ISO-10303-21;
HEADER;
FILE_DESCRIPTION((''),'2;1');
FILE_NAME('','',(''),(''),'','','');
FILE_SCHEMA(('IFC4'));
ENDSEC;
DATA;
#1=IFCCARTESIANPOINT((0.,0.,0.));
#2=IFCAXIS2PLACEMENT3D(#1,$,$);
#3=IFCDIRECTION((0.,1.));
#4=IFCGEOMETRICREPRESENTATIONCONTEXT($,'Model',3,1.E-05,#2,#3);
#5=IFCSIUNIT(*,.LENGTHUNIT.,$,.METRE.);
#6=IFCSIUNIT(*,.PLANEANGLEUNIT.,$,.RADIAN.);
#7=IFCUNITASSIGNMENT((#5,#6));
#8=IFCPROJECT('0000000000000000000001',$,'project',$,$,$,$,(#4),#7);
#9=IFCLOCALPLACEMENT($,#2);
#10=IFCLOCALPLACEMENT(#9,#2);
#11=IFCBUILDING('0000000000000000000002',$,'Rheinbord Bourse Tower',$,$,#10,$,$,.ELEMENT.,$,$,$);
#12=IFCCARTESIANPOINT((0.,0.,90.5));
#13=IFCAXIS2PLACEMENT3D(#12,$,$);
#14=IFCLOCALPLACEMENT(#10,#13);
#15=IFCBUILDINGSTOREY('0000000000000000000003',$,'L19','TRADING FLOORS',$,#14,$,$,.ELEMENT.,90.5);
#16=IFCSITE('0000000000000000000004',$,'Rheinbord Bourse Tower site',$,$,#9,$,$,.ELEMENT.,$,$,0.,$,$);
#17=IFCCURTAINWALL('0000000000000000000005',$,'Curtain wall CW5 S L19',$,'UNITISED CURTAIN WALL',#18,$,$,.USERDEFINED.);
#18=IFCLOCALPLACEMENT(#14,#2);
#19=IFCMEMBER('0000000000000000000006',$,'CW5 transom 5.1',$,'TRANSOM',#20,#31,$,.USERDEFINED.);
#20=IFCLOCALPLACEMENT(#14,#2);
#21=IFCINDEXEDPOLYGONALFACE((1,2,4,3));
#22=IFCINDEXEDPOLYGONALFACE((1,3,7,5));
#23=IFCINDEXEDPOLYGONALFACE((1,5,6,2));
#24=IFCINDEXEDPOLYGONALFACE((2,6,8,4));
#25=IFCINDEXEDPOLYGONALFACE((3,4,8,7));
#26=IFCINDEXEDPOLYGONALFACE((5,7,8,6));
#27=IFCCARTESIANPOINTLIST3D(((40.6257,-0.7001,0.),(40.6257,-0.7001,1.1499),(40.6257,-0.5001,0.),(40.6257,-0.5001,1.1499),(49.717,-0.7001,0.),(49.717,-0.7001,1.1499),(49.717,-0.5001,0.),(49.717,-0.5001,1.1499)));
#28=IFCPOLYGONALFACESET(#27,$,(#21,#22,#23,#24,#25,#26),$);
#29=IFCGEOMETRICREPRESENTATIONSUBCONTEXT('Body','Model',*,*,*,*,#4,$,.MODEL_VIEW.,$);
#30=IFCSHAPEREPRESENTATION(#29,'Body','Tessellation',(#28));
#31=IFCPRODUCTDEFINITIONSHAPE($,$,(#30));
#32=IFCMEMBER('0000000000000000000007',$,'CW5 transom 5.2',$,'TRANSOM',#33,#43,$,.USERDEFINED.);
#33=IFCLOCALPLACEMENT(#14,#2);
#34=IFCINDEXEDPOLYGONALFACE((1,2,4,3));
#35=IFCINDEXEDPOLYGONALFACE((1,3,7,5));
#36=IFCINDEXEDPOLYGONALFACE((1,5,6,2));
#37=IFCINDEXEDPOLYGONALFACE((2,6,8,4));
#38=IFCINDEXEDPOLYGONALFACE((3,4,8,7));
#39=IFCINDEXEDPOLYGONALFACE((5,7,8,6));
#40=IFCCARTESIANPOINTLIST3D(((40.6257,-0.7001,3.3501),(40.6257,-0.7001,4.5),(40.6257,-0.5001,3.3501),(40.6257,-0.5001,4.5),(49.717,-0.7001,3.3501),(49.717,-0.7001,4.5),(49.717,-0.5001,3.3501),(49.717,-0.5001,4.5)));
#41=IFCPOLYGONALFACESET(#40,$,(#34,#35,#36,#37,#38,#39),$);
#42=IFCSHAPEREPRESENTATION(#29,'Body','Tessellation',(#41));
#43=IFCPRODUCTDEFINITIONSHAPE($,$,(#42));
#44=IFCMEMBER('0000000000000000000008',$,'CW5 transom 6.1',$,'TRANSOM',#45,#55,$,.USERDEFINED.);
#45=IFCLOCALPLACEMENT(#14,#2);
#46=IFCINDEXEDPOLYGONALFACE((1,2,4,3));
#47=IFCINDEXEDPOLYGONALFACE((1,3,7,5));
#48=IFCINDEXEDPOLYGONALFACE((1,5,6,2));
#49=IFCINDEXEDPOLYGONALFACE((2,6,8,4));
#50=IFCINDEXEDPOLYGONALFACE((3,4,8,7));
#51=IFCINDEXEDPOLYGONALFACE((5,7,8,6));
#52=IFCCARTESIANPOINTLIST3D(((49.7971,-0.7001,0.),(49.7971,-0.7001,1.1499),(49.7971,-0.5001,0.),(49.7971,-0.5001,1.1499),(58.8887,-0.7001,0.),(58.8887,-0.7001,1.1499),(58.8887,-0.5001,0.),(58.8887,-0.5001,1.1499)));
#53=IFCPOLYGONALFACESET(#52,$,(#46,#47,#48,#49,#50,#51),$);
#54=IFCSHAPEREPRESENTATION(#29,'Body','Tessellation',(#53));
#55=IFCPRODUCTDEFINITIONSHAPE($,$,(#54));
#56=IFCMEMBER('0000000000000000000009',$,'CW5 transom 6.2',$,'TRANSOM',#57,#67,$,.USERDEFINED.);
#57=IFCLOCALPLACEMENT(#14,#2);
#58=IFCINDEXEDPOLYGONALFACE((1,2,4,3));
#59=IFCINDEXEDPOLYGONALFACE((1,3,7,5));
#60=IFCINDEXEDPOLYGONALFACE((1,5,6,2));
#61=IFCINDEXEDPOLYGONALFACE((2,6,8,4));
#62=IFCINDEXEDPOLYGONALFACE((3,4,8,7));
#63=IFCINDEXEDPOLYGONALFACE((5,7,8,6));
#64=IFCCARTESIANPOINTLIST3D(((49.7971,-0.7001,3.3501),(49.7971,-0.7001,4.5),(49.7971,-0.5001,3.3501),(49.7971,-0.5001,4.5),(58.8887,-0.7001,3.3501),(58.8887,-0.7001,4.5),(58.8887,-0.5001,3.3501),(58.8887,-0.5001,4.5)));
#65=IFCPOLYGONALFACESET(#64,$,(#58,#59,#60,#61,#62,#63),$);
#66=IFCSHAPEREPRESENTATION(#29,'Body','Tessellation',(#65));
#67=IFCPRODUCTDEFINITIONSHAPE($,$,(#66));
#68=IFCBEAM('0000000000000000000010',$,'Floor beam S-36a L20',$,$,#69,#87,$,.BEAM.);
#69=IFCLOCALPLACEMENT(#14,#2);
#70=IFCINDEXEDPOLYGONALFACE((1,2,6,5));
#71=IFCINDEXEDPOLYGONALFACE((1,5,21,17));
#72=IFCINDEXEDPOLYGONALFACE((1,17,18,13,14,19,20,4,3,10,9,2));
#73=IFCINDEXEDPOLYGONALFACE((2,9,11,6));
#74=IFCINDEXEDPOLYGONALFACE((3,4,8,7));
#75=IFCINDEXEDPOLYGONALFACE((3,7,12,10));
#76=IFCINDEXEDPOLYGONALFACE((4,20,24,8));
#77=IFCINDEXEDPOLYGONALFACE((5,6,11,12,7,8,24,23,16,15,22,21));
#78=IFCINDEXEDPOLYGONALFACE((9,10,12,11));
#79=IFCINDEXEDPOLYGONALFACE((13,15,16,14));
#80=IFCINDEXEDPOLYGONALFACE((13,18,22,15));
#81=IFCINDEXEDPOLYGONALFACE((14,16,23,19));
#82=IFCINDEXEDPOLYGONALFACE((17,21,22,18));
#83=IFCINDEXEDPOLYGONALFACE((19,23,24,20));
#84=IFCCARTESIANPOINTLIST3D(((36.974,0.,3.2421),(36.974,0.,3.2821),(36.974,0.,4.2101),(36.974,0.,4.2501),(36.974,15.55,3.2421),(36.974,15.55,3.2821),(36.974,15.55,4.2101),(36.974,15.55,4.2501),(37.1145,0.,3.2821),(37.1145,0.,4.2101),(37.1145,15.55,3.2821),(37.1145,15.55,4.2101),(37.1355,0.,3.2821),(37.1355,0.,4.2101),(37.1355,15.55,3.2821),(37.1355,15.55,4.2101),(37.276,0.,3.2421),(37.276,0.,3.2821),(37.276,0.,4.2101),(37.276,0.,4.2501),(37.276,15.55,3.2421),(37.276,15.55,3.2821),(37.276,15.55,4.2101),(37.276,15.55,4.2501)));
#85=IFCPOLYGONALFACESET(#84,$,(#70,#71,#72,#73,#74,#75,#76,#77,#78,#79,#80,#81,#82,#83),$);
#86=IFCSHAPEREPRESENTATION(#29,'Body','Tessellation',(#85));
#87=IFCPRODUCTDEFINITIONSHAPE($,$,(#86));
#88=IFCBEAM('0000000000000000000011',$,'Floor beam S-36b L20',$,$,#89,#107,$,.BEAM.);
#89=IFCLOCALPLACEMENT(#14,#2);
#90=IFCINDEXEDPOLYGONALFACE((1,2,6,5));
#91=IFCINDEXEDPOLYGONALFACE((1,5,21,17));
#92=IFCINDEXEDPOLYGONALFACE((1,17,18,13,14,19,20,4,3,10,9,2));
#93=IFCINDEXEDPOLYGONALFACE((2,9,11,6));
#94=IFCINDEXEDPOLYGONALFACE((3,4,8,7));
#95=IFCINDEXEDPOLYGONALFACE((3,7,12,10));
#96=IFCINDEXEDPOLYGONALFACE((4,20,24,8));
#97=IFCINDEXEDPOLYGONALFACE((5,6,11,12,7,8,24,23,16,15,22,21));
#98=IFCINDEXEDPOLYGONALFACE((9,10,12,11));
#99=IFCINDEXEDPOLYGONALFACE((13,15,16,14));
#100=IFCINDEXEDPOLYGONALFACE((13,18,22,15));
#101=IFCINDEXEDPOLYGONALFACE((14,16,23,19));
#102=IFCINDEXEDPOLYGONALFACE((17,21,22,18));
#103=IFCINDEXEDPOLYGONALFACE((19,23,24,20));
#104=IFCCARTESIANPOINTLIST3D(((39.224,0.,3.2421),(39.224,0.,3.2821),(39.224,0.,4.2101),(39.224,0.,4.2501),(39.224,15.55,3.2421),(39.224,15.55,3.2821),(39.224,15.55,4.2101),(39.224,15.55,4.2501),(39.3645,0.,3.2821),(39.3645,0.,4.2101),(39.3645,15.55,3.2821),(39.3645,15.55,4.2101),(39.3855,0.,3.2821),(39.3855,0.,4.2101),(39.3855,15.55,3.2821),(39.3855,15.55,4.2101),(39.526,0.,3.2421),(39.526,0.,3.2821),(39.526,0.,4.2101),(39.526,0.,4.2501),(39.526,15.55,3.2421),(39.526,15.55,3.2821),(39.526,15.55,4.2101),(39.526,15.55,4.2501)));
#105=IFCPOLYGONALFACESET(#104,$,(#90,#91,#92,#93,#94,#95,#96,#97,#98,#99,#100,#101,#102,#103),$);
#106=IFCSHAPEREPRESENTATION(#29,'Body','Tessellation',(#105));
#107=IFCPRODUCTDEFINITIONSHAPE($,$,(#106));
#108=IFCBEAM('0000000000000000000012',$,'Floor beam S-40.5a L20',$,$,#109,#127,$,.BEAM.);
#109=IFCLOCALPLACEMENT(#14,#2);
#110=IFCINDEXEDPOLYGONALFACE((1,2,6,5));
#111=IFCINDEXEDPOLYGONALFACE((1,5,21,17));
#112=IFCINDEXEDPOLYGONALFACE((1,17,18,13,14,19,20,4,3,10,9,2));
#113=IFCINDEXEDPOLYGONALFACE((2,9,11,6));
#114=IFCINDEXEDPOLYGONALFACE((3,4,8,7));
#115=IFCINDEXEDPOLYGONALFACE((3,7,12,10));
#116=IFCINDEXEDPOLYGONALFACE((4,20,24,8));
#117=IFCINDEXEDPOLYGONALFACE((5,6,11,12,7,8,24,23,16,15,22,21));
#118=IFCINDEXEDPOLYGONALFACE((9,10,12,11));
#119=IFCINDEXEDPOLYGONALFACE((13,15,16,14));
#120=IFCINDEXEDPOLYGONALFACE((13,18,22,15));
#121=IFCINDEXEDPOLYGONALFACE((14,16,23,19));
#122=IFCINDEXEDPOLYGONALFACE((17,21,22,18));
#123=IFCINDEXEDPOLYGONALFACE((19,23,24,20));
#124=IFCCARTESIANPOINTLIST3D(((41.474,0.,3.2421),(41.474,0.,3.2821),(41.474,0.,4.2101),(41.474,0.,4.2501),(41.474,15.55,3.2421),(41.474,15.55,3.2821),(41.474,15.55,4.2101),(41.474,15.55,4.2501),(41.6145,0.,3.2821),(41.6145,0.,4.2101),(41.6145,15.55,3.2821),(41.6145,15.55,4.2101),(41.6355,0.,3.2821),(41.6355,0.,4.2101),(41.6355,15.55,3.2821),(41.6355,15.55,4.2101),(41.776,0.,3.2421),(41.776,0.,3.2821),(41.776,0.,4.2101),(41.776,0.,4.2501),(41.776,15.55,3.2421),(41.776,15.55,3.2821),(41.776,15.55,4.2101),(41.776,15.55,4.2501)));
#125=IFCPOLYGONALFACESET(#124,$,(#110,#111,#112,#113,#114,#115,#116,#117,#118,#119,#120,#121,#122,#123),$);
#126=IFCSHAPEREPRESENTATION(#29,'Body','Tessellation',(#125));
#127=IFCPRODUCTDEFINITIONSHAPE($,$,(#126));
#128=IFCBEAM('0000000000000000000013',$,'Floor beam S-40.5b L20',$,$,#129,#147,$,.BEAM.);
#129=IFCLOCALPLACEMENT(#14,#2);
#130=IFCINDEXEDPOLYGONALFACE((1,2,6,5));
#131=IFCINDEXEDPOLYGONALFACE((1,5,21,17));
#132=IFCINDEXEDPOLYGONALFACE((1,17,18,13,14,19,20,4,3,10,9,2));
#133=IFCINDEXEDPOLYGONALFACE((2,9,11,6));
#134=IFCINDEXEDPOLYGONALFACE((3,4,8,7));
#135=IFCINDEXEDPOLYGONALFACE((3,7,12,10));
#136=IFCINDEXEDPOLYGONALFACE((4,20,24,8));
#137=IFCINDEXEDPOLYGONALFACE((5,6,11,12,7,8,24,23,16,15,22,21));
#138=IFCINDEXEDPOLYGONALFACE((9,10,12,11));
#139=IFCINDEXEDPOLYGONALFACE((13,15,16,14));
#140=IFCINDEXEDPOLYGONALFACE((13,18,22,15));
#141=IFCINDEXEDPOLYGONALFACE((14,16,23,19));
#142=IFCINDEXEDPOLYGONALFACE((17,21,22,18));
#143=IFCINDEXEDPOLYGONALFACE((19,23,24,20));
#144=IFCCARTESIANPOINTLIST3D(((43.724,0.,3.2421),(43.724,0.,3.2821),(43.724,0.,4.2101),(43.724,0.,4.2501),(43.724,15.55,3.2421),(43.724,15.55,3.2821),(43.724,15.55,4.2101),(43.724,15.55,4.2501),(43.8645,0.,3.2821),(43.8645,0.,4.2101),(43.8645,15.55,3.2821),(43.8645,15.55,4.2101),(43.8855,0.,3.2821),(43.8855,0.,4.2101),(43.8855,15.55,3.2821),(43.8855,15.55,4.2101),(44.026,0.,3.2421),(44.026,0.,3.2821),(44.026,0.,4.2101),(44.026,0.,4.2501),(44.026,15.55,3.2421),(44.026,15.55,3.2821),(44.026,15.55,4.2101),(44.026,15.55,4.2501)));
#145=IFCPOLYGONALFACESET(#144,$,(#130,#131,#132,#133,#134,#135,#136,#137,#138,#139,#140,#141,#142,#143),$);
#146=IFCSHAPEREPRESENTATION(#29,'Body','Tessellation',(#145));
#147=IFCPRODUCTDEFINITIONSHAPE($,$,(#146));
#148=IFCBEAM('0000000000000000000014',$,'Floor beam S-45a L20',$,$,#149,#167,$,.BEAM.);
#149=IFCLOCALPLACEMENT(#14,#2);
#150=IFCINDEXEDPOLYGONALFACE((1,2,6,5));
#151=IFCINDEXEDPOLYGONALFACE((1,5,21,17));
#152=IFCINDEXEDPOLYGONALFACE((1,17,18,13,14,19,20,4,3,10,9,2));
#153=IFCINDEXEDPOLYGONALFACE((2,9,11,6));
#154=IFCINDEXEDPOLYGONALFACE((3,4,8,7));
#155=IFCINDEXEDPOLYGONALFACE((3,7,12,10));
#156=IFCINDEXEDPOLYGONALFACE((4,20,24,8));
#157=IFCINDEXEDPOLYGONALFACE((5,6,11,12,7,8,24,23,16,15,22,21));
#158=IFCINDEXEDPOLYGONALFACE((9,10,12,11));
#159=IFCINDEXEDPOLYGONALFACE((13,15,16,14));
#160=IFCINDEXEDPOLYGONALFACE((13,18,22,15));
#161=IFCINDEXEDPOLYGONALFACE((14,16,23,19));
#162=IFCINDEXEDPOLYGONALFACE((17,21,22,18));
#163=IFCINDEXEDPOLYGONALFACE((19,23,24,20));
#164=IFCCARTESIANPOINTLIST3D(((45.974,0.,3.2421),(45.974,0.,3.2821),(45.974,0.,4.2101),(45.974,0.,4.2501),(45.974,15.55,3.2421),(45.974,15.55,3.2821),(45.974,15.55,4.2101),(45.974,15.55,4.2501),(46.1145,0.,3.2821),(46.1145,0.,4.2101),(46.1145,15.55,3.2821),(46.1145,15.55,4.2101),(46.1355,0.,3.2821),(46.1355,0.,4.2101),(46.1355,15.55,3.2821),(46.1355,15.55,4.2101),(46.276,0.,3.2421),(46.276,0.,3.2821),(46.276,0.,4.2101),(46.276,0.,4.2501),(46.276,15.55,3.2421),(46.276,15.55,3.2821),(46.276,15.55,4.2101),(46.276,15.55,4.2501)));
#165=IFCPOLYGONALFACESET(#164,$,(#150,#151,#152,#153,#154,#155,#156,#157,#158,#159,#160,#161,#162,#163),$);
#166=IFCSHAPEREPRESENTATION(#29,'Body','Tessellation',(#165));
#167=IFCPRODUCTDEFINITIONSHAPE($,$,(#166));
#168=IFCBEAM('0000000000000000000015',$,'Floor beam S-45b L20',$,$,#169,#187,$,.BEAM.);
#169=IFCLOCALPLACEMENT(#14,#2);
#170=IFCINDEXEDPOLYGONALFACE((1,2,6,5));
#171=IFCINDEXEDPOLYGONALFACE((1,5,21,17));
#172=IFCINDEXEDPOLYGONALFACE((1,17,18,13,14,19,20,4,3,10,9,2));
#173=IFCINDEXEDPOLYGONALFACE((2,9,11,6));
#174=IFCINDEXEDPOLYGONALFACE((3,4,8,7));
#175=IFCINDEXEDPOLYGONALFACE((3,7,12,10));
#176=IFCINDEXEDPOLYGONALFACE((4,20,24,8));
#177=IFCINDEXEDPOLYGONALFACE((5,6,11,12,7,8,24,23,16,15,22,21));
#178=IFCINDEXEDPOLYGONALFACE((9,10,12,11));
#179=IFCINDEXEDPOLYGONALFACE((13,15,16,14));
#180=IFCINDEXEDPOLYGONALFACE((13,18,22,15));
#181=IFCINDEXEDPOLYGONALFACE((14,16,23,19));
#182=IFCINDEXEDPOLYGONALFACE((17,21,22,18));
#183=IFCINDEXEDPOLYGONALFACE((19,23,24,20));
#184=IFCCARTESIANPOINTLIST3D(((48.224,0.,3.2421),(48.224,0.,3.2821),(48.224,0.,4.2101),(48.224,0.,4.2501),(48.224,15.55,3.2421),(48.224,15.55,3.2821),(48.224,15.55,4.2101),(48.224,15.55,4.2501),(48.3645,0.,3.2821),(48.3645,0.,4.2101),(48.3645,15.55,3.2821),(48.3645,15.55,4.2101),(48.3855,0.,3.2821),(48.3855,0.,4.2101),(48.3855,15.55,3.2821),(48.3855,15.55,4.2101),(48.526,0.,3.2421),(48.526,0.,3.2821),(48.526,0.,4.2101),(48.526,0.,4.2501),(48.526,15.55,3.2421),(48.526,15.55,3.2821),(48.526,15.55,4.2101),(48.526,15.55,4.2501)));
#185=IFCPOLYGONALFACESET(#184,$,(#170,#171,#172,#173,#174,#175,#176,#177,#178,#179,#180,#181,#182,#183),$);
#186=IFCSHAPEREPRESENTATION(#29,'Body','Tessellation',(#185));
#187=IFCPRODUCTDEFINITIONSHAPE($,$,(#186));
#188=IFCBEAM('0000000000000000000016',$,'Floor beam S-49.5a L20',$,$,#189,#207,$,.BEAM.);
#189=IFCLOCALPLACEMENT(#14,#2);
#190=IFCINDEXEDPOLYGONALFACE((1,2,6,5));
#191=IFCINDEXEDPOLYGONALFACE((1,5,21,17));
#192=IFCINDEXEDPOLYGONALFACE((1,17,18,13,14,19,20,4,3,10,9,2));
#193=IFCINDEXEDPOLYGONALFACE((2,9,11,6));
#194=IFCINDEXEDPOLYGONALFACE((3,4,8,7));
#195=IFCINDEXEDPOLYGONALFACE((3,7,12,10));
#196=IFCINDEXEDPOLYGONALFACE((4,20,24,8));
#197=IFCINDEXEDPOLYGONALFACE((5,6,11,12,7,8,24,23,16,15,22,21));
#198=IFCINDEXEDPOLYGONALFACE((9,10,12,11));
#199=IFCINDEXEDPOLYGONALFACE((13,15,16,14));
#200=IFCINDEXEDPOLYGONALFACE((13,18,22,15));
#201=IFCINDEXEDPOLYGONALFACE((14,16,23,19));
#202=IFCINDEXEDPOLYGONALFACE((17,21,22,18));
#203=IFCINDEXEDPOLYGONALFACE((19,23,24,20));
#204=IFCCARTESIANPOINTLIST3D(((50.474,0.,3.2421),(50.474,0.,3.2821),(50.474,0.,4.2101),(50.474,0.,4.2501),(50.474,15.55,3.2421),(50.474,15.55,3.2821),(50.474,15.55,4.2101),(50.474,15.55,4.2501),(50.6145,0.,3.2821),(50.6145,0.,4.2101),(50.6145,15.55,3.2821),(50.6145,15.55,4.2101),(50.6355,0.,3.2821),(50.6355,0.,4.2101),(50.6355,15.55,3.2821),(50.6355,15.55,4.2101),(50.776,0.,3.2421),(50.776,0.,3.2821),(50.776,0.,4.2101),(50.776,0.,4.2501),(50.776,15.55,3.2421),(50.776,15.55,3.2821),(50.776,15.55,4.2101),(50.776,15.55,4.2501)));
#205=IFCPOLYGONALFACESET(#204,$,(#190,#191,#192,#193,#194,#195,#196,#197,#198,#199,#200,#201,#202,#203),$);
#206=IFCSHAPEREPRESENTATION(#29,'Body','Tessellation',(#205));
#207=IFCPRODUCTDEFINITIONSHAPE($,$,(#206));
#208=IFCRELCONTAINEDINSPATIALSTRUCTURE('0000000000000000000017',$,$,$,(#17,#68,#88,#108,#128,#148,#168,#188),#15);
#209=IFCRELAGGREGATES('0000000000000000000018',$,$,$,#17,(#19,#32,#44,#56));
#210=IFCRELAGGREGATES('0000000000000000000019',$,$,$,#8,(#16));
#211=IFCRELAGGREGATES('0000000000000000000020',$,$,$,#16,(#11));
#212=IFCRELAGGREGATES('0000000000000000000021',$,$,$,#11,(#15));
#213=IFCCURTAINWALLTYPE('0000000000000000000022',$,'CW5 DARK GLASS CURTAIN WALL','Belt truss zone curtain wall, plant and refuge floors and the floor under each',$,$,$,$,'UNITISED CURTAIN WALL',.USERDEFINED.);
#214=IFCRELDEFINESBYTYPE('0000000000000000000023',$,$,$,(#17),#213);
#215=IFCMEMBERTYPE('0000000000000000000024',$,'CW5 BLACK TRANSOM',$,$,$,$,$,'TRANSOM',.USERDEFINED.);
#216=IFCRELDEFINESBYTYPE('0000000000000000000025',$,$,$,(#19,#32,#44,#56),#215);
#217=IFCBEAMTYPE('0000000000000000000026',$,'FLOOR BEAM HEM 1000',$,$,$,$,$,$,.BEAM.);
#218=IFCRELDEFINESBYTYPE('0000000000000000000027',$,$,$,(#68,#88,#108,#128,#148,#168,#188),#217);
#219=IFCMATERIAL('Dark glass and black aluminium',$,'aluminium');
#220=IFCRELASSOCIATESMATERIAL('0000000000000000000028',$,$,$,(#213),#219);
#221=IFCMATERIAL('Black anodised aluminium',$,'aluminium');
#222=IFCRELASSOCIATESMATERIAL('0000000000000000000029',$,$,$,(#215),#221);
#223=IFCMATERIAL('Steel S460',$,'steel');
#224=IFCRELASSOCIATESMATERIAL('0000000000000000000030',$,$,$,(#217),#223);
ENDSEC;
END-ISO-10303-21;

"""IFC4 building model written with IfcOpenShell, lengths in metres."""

from ifc_helpers import new_model, si_unit, direction, frame, origin, origin_2d, place, context, subcontext, project, spatial, rectangle, i_section, extrude, material, material_profile, profile_set, type_object, element, aggregate, save


model = new_model("IFC4")

# Units and contexts
model_context = context("Model", 3, precision=1e-05, world=origin(), true_north=direction((0.0, 1.0)))
body_context = subcontext(model_context, "Body", "Model", "MODEL_VIEW")
ifc_project = project(units=[si_unit("LENGTHUNIT", "METRE"), si_unit("PLANEANGLEUNIT", "RADIAN")], contexts=[model_context])

# Site, building, storey
site_placement = place(None, origin())
site = spatial("IfcSite", under=ifc_project, at=site_placement, Name="Rheinbord Bourse Tower site", CompositionType="ELEMENT", RefElevation=0.0)
building_placement = place(site_placement, origin())
building = spatial("IfcBuilding", under=site, at=building_placement, Name="Rheinbord Bourse Tower", CompositionType="ELEMENT")
storey_placement = place(building_placement, frame((0.0, 0.0, 90.5)))
storey = spatial("IfcBuildingStorey", under=building, at=storey_placement, Name="L19", Description="TRADING FLOORS", CompositionType="ELEMENT", Elevation=90.5)

# Curtain wall, members
ifc_material_1 = material(Name="Dark glass and black aluminium", Category="aluminium")
curtain_wall_type = type_object("IfcCurtainWallType", Name="CW5 DARK GLASS CURTAIN WALL", Description="Belt truss zone curtain wall, plant and refuge floors and the floor under each", ElementType="UNITISED CURTAIN WALL", PredefinedType="USERDEFINED", material=ifc_material_1)
curtain_wall_placement = place(storey_placement, origin())
curtain_wall = element("IfcCurtainWall", 1, at=curtain_wall_placement, inside=storey, type_object=curtain_wall_type, Name="Curtain wall CW5 S L19", ObjectType="UNITISED CURTAIN WALL", PredefinedType="USERDEFINED")
ifc_material_2 = material(Name="Black anodised aluminium", Category="aluminium")
ifc_material_profile_1 = material_profile(ifc_material_2, rectangle(XDim=0.2, YDim=1.1499, at=origin_2d()), Name="CW5 TRANSOM 1150x200")
ifc_profile_set_1 = profile_set([ifc_material_profile_1], Name="Black anodised aluminium")
member_type_1 = type_object("IfcMemberType", Name="CW5 BLACK TRANSOM", ElementType="TRANSOM", PredefinedType="USERDEFINED", material=ifc_profile_set_1)
member_1_placement = place(storey_placement, frame((40.6257, -0.6001, 0.575), z_axis=(1.0, 0.0, 0.0), x_axis=(0.0, 1.0, 0.0)))
member_1 = element("IfcMember", 2, at=member_1_placement, type_object=member_type_1, Name="CW5 transom 5.1", ObjectType="TRANSOM", PredefinedType="USERDEFINED", context=body_context, shape_type="SweptSolid", body=[
    extrude(rectangle(XDim=0.2, YDim=1.1499, at=origin_2d()), origin(), (0.0, 0.0, 1.0), 9.0913),
])
member_2_placement = place(storey_placement, frame((40.6257, -0.6001, 3.925), z_axis=(1.0, 0.0, 0.0), x_axis=(0.0, 1.0, 0.0)))
member_2 = element("IfcMember", 3, at=member_2_placement, type_object=member_type_1, Name="CW5 transom 5.2", ObjectType="TRANSOM", PredefinedType="USERDEFINED", context=body_context, shape_type="SweptSolid", body=[
    extrude(rectangle(XDim=0.2, YDim=1.1499, at=origin_2d()), origin(), (0.0, 0.0, 1.0), 9.0913),
])
member_3_placement = place(storey_placement, frame((49.7971, -0.6001, 0.575), z_axis=(1.0, 0.0, 0.0), x_axis=(0.0, 1.0, 0.0)))
member_3 = element("IfcMember", 4, at=member_3_placement, type_object=member_type_1, Name="CW5 transom 6.1", ObjectType="TRANSOM", PredefinedType="USERDEFINED", context=body_context, shape_type="SweptSolid", body=[
    extrude(rectangle(XDim=0.2, YDim=1.1499, at=origin_2d()), origin(), (0.0, 0.0, 1.0), 9.0916),
])
member_4_placement = place(storey_placement, frame((49.7971, -0.6001, 3.925), z_axis=(1.0, 0.0, 0.0), x_axis=(0.0, 1.0, 0.0)))
member_4 = element("IfcMember", 5, at=member_4_placement, type_object=member_type_1, Name="CW5 transom 6.2", ObjectType="TRANSOM", PredefinedType="USERDEFINED", context=body_context, shape_type="SweptSolid", body=[
    extrude(rectangle(XDim=0.2, YDim=1.1499, at=origin_2d()), origin(), (0.0, 0.0, 1.0), 9.0916),
])

# Beams
ifc_material_3 = material(Name="Steel S460", Category="steel")
ifc_material_profile_2 = material_profile(ifc_material_3, i_section(OverallWidth=0.302, OverallDepth=1.0081, WebThickness=0.021, FlangeThickness=0.04, at=origin_2d()), Name="HEM 1000")
ifc_profile_set_2 = profile_set([ifc_material_profile_2], Name="Steel S460")
beam_type_1 = type_object("IfcBeamType", Name="FLOOR BEAM HEM 1000", PredefinedType="BEAM", material=ifc_profile_set_2)
for number, where, z_axis, x_axis, name in (
    (6, (37.125, 0.0, 3.7461), (0.0, 1.0, 0.0), (-1.0, 0.0, 0.0), "Floor beam S-36a L20"),
    (7, (39.375, 0.0, 3.7461), (0.0, 1.0, 0.0), (-1.0, 0.0, 0.0), "Floor beam S-36b L20"),
    (8, (41.625, 0.0, 3.7461), (0.0, 1.0, 0.0), (-1.0, 0.0, 0.0), "Floor beam S-40.5a L20"),
    (9, (43.875, 0.0, 3.7461), (0.0, 1.0, 0.0), (-1.0, 0.0, 0.0), "Floor beam S-40.5b L20"),
    (10, (46.125, 0.0, 3.7461), (0.0, 1.0, 0.0), (-1.0, 0.0, 0.0), "Floor beam S-45a L20"),
    (11, (48.375, 0.0, 3.7461), (0.0, 1.0, 0.0), (-1.0, 0.0, 0.0), "Floor beam S-45b L20"),
    (12, (50.625, 0.0, 3.7461), (0.0, 1.0, 0.0), (-1.0, 0.0, 0.0), "Floor beam S-49.5a L20"),
):
    element("IfcBeam", number, at=place(storey_placement, frame(where, z_axis=z_axis, x_axis=x_axis)), inside=storey, type_object=beam_type_1, Name=name, PredefinedType="BEAM", context=body_context, shape_type="SweptSolid", body=[
        extrude(i_section(OverallWidth=0.302, OverallDepth=1.0081, WebThickness=0.021, FlangeThickness=0.04, at=origin_2d()), origin(), (0.0, 0.0, 1.0), 15.55),
    ])

aggregate(curtain_wall, [member_1, member_2, member_3, member_4])

save(model, "model.ifc")
